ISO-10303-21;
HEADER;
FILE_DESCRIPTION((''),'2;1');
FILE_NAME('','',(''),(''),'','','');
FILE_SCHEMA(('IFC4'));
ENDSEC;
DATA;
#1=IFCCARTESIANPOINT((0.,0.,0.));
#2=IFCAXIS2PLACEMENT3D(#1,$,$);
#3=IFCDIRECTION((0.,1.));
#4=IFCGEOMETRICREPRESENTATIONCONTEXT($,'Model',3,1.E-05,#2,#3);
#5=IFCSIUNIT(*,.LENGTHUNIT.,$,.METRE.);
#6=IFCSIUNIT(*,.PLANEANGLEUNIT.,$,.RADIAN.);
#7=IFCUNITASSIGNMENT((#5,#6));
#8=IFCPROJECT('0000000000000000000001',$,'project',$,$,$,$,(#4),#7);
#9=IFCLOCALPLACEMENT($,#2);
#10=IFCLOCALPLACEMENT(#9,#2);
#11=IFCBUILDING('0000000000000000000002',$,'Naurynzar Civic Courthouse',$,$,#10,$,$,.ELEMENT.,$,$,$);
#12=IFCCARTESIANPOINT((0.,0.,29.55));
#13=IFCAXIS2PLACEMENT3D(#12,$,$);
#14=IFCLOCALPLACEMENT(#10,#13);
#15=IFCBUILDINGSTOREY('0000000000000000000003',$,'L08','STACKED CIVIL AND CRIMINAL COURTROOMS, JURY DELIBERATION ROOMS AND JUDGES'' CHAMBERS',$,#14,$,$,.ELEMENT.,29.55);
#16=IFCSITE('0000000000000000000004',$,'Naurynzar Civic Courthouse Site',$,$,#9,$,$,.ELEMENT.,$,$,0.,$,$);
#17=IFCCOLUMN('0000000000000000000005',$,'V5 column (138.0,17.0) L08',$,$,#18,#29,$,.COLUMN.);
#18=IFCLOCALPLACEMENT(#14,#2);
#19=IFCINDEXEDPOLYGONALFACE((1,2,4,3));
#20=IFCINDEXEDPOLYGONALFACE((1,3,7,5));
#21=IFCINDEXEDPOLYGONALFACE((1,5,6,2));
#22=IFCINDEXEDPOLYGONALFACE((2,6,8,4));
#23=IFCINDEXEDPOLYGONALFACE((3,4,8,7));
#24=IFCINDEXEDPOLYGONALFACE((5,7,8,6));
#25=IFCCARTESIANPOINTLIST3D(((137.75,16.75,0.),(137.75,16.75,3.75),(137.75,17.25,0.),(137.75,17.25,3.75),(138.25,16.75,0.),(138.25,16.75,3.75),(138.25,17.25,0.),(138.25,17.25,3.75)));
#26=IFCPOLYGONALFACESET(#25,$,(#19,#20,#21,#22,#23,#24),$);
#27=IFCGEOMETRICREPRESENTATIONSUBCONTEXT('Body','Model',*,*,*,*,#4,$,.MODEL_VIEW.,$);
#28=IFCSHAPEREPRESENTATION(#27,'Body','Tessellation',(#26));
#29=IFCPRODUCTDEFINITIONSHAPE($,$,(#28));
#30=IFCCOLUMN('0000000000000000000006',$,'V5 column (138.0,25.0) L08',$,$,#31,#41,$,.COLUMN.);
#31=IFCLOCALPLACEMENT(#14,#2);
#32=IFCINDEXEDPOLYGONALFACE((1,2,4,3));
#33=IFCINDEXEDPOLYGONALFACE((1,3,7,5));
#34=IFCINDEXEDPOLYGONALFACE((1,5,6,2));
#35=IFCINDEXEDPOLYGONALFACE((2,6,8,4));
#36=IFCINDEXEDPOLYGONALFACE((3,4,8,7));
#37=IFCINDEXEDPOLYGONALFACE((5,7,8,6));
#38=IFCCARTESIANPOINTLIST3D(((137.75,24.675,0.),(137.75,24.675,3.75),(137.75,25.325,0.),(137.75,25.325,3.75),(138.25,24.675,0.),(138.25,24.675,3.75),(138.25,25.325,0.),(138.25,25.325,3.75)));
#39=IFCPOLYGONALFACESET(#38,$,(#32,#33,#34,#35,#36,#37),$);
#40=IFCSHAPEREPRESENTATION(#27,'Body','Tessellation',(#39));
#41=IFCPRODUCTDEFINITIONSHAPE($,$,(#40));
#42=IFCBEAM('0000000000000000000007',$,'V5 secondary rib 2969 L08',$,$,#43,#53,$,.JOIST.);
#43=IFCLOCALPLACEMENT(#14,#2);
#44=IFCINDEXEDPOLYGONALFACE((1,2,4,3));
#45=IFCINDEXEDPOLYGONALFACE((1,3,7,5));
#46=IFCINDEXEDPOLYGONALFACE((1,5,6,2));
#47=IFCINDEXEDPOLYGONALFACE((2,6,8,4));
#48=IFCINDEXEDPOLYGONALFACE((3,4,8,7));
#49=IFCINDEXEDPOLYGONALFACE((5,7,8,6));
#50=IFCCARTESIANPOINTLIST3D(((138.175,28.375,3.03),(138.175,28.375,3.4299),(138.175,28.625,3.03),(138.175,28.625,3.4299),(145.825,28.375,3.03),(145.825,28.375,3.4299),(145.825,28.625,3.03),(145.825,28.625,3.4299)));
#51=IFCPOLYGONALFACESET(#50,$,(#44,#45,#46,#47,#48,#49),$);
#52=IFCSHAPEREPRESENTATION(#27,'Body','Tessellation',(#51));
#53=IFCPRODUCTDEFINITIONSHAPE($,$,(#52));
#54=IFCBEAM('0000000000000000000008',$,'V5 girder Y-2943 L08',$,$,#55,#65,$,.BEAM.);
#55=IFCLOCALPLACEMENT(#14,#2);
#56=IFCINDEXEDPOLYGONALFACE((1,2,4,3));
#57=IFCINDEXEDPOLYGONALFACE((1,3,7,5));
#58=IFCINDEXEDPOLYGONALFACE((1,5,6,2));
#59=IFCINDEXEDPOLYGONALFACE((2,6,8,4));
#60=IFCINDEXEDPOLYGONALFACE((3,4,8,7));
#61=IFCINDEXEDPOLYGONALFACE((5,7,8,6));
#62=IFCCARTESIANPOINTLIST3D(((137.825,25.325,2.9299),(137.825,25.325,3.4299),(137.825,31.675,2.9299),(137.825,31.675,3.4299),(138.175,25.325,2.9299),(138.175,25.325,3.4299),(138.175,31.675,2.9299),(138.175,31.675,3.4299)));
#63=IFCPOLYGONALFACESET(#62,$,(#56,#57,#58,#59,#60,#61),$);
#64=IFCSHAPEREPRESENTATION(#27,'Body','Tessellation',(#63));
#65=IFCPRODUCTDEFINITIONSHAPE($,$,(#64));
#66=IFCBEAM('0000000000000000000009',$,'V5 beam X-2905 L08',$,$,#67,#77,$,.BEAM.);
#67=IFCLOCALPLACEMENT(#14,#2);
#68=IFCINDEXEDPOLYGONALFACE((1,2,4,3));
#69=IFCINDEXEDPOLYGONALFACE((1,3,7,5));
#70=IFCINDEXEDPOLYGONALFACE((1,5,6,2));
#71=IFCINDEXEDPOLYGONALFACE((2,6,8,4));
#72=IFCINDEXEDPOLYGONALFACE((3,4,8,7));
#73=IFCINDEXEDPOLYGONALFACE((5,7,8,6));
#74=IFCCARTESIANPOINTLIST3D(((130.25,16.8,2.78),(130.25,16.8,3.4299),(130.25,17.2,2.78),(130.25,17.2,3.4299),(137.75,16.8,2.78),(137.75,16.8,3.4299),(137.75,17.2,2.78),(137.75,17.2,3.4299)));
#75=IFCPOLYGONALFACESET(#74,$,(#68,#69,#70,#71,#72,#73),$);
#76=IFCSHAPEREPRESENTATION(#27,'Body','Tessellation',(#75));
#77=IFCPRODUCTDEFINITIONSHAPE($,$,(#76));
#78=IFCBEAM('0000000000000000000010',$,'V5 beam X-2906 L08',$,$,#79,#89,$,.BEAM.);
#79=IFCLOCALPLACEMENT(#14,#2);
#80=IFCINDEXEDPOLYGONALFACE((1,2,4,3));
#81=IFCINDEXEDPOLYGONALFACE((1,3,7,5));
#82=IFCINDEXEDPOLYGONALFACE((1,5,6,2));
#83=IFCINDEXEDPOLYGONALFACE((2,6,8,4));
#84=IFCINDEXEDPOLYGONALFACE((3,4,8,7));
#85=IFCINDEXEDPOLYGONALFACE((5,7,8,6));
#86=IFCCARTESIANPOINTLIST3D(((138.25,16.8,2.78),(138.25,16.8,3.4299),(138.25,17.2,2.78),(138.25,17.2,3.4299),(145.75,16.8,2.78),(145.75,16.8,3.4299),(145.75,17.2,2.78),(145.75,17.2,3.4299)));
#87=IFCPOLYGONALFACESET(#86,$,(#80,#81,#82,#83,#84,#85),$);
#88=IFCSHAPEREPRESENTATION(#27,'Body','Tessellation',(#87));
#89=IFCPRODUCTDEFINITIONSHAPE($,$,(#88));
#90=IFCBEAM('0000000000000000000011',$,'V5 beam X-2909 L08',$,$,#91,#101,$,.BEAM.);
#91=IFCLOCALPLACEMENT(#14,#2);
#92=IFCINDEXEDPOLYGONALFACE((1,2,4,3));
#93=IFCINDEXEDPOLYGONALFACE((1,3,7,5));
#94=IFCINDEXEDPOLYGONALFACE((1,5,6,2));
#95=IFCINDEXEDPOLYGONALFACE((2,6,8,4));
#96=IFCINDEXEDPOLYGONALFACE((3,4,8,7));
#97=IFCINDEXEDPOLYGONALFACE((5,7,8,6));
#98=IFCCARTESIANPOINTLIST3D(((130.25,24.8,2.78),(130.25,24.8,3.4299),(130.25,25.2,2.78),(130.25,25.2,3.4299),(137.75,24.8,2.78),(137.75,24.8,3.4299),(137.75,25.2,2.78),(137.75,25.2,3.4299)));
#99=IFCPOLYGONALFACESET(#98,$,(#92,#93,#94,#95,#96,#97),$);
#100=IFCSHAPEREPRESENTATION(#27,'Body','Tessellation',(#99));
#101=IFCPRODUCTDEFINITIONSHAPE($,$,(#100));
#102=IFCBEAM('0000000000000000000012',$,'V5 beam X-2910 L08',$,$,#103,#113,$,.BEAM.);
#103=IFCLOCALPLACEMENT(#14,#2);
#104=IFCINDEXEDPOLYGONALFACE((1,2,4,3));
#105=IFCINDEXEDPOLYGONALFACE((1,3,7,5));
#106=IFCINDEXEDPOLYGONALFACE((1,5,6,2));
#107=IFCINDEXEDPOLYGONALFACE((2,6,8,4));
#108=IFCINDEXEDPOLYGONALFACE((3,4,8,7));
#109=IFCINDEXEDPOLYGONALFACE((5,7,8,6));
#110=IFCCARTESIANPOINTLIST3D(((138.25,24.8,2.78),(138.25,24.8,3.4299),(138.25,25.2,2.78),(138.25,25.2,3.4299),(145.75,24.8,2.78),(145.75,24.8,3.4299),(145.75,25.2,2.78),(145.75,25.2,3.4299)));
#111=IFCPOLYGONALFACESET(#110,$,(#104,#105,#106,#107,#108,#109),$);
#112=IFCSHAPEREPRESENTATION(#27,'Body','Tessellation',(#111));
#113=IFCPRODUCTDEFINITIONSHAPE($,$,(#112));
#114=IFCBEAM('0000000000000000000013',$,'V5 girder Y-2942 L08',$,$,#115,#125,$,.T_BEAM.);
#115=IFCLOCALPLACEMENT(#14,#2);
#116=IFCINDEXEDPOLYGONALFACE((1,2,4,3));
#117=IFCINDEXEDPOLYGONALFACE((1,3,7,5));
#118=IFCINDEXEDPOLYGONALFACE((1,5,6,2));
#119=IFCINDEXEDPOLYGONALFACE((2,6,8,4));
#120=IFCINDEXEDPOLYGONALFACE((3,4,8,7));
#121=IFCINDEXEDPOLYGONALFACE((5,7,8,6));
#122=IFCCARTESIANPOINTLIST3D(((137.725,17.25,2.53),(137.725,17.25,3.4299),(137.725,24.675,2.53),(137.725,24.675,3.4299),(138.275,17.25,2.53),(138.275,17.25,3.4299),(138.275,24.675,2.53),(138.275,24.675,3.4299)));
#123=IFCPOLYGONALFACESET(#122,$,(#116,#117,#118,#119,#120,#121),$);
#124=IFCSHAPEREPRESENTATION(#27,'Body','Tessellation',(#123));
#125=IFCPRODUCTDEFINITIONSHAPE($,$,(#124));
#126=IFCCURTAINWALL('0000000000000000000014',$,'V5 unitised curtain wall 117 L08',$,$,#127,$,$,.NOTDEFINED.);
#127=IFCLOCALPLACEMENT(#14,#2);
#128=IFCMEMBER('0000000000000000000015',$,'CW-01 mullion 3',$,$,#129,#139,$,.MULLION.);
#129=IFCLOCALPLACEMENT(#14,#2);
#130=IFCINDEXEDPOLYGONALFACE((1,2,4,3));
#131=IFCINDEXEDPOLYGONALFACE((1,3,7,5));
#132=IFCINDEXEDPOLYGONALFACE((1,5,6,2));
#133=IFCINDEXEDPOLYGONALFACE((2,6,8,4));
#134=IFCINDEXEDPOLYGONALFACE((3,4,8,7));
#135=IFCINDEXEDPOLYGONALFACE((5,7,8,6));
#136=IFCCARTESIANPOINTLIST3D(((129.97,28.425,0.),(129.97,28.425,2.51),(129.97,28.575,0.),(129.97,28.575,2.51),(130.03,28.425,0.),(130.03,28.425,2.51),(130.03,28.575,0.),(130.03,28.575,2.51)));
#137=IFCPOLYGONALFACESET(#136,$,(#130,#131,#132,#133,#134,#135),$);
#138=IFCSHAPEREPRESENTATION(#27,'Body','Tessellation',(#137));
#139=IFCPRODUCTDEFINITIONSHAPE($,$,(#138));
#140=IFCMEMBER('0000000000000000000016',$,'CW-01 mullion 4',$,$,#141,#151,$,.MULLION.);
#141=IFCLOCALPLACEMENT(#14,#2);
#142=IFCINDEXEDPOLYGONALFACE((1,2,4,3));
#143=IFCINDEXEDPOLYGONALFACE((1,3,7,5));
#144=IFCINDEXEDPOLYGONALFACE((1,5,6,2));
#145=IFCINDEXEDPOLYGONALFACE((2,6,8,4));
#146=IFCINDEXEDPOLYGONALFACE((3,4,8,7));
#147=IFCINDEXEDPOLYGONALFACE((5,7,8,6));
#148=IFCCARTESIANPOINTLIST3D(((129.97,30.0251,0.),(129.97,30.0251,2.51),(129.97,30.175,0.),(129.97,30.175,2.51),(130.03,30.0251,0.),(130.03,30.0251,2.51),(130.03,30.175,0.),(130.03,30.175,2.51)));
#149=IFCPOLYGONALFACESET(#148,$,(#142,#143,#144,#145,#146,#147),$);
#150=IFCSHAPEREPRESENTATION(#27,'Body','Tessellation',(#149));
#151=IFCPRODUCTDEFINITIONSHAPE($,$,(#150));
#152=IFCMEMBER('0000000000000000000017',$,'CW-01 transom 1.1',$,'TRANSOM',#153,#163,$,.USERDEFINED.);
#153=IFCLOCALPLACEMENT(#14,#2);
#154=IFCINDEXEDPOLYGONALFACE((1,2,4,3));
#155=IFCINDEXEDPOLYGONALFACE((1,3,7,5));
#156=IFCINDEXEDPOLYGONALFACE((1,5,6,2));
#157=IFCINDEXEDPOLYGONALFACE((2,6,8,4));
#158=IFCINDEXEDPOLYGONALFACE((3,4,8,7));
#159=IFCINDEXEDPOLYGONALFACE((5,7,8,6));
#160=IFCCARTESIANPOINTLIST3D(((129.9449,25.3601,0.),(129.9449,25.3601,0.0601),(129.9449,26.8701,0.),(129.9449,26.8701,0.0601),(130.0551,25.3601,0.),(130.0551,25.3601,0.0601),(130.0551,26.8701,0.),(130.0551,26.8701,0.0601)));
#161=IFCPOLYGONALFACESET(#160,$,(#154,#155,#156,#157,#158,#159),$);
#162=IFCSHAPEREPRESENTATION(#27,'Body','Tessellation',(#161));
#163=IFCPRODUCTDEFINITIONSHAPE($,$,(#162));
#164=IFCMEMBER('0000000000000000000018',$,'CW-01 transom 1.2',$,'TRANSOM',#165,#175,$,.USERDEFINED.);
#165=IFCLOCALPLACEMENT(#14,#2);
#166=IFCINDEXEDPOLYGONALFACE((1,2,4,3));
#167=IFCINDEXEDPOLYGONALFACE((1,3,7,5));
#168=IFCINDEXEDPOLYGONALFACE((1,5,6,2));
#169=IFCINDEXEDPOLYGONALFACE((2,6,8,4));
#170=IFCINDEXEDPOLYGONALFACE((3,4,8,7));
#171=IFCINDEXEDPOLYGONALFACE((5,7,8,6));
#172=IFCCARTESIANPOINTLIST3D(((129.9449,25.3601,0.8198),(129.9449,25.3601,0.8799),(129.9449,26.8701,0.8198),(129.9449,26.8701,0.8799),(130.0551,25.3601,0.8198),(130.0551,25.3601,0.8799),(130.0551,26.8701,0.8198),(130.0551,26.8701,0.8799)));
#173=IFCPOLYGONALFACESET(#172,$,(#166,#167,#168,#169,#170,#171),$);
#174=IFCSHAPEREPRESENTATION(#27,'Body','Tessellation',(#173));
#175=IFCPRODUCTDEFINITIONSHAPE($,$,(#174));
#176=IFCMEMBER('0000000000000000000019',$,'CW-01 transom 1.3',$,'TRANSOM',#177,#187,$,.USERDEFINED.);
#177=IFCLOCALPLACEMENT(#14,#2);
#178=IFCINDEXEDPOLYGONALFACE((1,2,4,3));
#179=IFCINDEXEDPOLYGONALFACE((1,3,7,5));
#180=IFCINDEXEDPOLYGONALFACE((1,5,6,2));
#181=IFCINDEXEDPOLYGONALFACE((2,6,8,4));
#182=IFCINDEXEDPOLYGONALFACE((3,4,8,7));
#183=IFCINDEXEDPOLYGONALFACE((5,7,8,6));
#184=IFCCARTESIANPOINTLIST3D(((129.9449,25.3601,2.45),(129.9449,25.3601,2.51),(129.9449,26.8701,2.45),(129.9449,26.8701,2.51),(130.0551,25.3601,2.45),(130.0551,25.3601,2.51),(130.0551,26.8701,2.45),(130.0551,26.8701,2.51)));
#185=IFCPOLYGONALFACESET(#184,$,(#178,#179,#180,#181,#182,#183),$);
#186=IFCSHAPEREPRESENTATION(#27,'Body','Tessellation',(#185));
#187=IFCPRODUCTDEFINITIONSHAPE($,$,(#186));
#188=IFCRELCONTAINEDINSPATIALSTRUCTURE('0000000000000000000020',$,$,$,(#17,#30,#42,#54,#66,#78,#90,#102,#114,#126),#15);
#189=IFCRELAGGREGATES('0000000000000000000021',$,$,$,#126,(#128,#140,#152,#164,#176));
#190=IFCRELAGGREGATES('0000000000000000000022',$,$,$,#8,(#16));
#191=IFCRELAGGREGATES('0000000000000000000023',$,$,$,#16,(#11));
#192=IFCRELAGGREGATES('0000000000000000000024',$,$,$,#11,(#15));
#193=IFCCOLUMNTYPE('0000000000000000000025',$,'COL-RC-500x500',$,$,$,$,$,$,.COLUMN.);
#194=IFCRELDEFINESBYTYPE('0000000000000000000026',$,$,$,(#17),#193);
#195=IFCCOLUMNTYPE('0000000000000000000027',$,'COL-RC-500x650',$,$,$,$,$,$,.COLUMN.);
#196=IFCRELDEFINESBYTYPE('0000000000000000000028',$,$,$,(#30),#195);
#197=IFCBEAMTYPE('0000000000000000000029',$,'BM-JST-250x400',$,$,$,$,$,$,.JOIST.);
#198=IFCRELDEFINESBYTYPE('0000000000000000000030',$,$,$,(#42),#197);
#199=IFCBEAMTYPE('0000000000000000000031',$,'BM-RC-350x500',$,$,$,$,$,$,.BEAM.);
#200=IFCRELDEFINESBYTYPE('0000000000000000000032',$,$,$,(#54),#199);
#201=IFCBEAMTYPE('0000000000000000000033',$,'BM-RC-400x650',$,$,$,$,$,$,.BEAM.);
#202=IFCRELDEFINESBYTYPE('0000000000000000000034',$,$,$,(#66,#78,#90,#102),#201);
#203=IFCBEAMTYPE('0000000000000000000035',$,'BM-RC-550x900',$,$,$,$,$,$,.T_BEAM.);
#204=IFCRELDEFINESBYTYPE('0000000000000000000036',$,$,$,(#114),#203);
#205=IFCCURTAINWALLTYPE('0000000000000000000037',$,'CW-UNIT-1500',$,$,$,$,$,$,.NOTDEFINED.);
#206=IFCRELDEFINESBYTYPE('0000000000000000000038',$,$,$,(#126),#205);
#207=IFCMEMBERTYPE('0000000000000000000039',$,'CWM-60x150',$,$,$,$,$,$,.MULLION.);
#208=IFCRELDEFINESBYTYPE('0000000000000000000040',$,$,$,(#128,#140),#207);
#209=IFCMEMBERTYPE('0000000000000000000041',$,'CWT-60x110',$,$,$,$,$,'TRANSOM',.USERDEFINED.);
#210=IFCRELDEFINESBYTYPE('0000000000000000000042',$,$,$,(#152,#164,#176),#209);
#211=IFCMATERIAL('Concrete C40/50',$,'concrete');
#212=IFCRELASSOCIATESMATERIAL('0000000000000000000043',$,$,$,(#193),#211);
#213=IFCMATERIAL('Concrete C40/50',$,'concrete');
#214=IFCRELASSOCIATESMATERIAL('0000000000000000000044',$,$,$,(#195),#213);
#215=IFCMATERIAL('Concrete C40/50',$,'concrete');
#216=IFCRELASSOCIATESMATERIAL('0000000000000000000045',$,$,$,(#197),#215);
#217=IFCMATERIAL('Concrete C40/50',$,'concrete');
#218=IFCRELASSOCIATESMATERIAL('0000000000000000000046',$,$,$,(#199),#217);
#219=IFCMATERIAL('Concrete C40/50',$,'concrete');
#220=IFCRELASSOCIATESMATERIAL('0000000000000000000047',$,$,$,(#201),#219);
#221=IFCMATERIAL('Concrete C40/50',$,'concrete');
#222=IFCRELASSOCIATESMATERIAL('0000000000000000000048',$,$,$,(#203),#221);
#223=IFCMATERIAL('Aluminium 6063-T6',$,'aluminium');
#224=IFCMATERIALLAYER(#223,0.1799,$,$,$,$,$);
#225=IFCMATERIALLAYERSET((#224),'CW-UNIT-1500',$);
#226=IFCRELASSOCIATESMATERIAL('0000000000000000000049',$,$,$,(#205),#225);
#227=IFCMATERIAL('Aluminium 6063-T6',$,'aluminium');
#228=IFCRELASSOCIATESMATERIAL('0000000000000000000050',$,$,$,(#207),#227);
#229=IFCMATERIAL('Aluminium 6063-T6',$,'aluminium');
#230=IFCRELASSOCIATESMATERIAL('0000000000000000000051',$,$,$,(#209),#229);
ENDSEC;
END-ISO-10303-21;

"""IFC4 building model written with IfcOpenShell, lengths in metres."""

from ifc_helpers import new_model, si_unit, direction, frame, origin, origin_2d, place, context, subcontext, project, spatial, rectangle, extrude, material, layer, layer_set, material_profile, profile_set, type_object, element, aggregate, save


model = new_model("IFC4")

# Units and contexts
model_context = context("Model", 3, precision=1e-05, world=origin(), true_north=direction((0.0, 1.0)))
body_context = subcontext(model_context, "Body", "Model", "MODEL_VIEW")
ifc_project = project(units=[si_unit("LENGTHUNIT", "METRE"), si_unit("PLANEANGLEUNIT", "RADIAN")], contexts=[model_context])

# Site, building, storey
site_placement = place(None, origin())
site = spatial("IfcSite", under=ifc_project, at=site_placement, Name="Naurynzar Civic Courthouse Site", CompositionType="ELEMENT", RefElevation=0.0)
building_placement = place(site_placement, origin())
building = spatial("IfcBuilding", under=site, at=building_placement, Name="Naurynzar Civic Courthouse", CompositionType="ELEMENT")
storey_placement = place(building_placement, frame((0.0, 0.0, 29.55)))
storey = spatial("IfcBuildingStorey", under=building, at=storey_placement, Name="L08", Description="STACKED CIVIL AND CRIMINAL COURTROOMS, JURY DELIBERATION ROOMS AND JUDGES' CHAMBERS", CompositionType="ELEMENT", Elevation=29.55)

# Columns
ifc_material_1 = material(Name="Concrete C40/50", Category="concrete")
ifc_material_profile_1 = material_profile(ifc_material_1, rectangle(XDim=0.5, YDim=0.5, at=origin_2d()), Name="RC 500x500")
ifc_profile_set_1 = profile_set([ifc_material_profile_1], Name="Concrete C40/50")
column_type_1 = type_object("IfcColumnType", Name="COL-RC-500x500", PredefinedType="COLUMN", material=ifc_profile_set_1)
column_1_placement = place(storey_placement, frame((138.0, 17.0, 0.0), z_axis=(0.0, 0.0, 1.0), x_axis=(1.0, 0.0, 0.0)))
element("IfcColumn", 1, at=column_1_placement, inside=storey, type_object=column_type_1, Name="V5 column (138.0,17.0) L08", PredefinedType="COLUMN", context=body_context, shape_type="SweptSolid", body=[
    extrude(rectangle(XDim=0.5, YDim=0.5, at=origin_2d()), origin(), (0.0, 0.0, 1.0), 3.75),
])
ifc_material_2 = material(Name="Concrete C40/50", Category="concrete")
ifc_material_profile_2 = material_profile(ifc_material_2, rectangle(XDim=0.5, YDim=0.6499, at=origin_2d()), Name="RC 500x650")
ifc_profile_set_2 = profile_set([ifc_material_profile_2], Name="Concrete C40/50")
column_type_2 = type_object("IfcColumnType", Name="COL-RC-500x650", PredefinedType="COLUMN", material=ifc_profile_set_2)
column_2_placement = place(storey_placement, frame((138.0, 25.0, 0.0), z_axis=(0.0, 0.0, 1.0), x_axis=(1.0, 0.0, 0.0)))
element("IfcColumn", 2, at=column_2_placement, inside=storey, type_object=column_type_2, Name="V5 column (138.0,25.0) L08", PredefinedType="COLUMN", context=body_context, shape_type="SweptSolid", body=[
    extrude(rectangle(XDim=0.5, YDim=0.6499, at=origin_2d()), origin(), (0.0, 0.0, 1.0), 3.75),
])

# Beams
ifc_material_3 = material(Name="Concrete C40/50", Category="concrete")
ifc_material_profile_3 = material_profile(ifc_material_3, rectangle(XDim=0.25, YDim=0.3999, at=origin_2d()), Name="RCB 250x400")
ifc_profile_set_3 = profile_set([ifc_material_profile_3], Name="Concrete C40/50")
beam_type_1 = type_object("IfcBeamType", Name="BM-JST-250x400", PredefinedType="JOIST", material=ifc_profile_set_3)
beam_1_placement = place(storey_placement, frame((138.175, 28.5, 3.23), z_axis=(1.0, 0.0, 0.0), x_axis=(0.0, 1.0, 0.0)))
element("IfcBeam", 3, at=beam_1_placement, inside=storey, type_object=beam_type_1, Name="V5 secondary rib 2969 L08", PredefinedType="JOIST", context=body_context, shape_type="SweptSolid", body=[
    extrude(rectangle(XDim=0.25, YDim=0.3999, at=origin_2d()), origin(), (0.0, 0.0, 1.0), 7.6499),
])
ifc_material_4 = material(Name="Concrete C40/50", Category="concrete")
ifc_material_profile_4 = material_profile(ifc_material_4, rectangle(XDim=0.3501, YDim=0.5, at=origin_2d()), Name="RCB 350x500")
ifc_profile_set_4 = profile_set([ifc_material_profile_4], Name="Concrete C40/50")
beam_type_2 = type_object("IfcBeamType", Name="BM-RC-350x500", PredefinedType="BEAM", material=ifc_profile_set_4)
beam_2_placement = place(storey_placement, frame((138.0, 25.325, 3.1799), z_axis=(0.0, 1.0, 0.0), x_axis=(-1.0, 0.0, 0.0)))
element("IfcBeam", 4, at=beam_2_placement, inside=storey, type_object=beam_type_2, Name="V5 girder Y-2943 L08", PredefinedType="BEAM", context=body_context, shape_type="SweptSolid", body=[
    extrude(rectangle(XDim=0.3501, YDim=0.5, at=origin_2d()), origin(), (0.0, 0.0, 1.0), 6.3501),
])
ifc_material_5 = material(Name="Concrete C40/50", Category="concrete")
ifc_material_profile_5 = material_profile(ifc_material_5, rectangle(XDim=0.3999, YDim=0.6499, at=origin_2d()), Name="RCB 400x650")
ifc_profile_set_5 = profile_set([ifc_material_profile_5], Name="Concrete C40/50")
beam_type_3 = type_object("IfcBeamType", Name="BM-RC-400x650", PredefinedType="BEAM", material=ifc_profile_set_5)
for number, where, z_axis, x_axis, name in (
    (5, (130.25, 17.0, 3.105), (1.0, 0.0, 0.0), (0.0, 1.0, 0.0), "V5 beam X-2905 L08"),
    (6, (138.25, 17.0, 3.105), (1.0, 0.0, 0.0), (0.0, 1.0, 0.0), "V5 beam X-2906 L08"),
    (7, (130.25, 25.0, 3.105), (1.0, 0.0, 0.0), (0.0, 1.0, 0.0), "V5 beam X-2909 L08"),
    (8, (138.25, 25.0, 3.105), (1.0, 0.0, 0.0), (0.0, 1.0, 0.0), "V5 beam X-2910 L08"),
):
    element("IfcBeam", number, at=place(storey_placement, frame(where, z_axis=z_axis, x_axis=x_axis)), inside=storey, type_object=beam_type_3, Name=name, PredefinedType="BEAM", context=body_context, shape_type="SweptSolid", body=[
        extrude(rectangle(XDim=0.3999, YDim=0.6499, at=origin_2d()), origin(), (0.0, 0.0, 1.0), 7.5),
    ])
ifc_material_6 = material(Name="Concrete C40/50", Category="concrete")
ifc_material_profile_6 = material_profile(ifc_material_6, rectangle(XDim=0.55, YDim=0.8999, at=origin_2d()), Name="RCB 550x900")
ifc_profile_set_6 = profile_set([ifc_material_profile_6], Name="Concrete C40/50")
beam_type_4 = type_object("IfcBeamType", Name="BM-RC-550x900", PredefinedType="T_BEAM", material=ifc_profile_set_6)
beam_3_placement = place(storey_placement, frame((138.0, 17.25, 2.98), z_axis=(0.0, 1.0, 0.0), x_axis=(-1.0, 0.0, 0.0)))
element("IfcBeam", 9, at=beam_3_placement, inside=storey, type_object=beam_type_4, Name="V5 girder Y-2942 L08", PredefinedType="T_BEAM", context=body_context, shape_type="SweptSolid", body=[
    extrude(rectangle(XDim=0.55, YDim=0.8999, at=origin_2d()), origin(), (0.0, 0.0, 1.0), 7.425),
])

# Curtain wall, members
ifc_material_7 = material(Name="Aluminium 6063-T6", Category="aluminium")
ifc_layer_1 = layer(ifc_material_7, 0.1799)
ifc_layer_set_1 = layer_set([ifc_layer_1], Name="CW-UNIT-1500")
curtain_wall_type = type_object("IfcCurtainWallType", Name="CW-UNIT-1500", PredefinedType="NOTDEFINED", material=ifc_layer_set_1)
curtain_wall_placement = place(storey_placement, origin())
curtain_wall = element("IfcCurtainWall", 10, at=curtain_wall_placement, inside=storey, type_object=curtain_wall_type, Name="V5 unitised curtain wall 117 L08", PredefinedType="NOTDEFINED")
ifc_material_8 = material(Name="Aluminium 6063-T6", Category="aluminium")
ifc_material_profile_7 = material_profile(ifc_material_8, rectangle(XDim=0.0601, YDim=0.1499, at=origin_2d()), Name="ALU MULLION 60x150")
ifc_profile_set_7 = profile_set([ifc_material_profile_7], Name="Aluminium 6063-T6")
member_type_1 = type_object("IfcMemberType", Name="CWM-60x150", PredefinedType="MULLION", material=ifc_profile_set_7)
member_1_placement = place(storey_placement, frame((130.0, 28.5, 0.0), z_axis=(0.0, 0.0, 1.0), x_axis=(-1.0, 0.0, 0.0)))
member_1 = element("IfcMember", 11, at=member_1_placement, type_object=member_type_1, Name="CW-01 mullion 3", PredefinedType="MULLION", context=body_context, shape_type="SweptSolid", body=[
    extrude(rectangle(XDim=0.0601, YDim=0.1499, at=origin_2d()), origin(), (0.0, 0.0, 1.0), 2.51),
])
member_2_placement = place(storey_placement, frame((130.0, 30.1001, 0.0), z_axis=(0.0, 0.0, 1.0), x_axis=(-1.0, 0.0, 0.0)))
member_2 = element("IfcMember", 12, at=member_2_placement, type_object=member_type_1, Name="CW-01 mullion 4", PredefinedType="MULLION", context=body_context, shape_type="SweptSolid", body=[
    extrude(rectangle(XDim=0.0601, YDim=0.1499, at=origin_2d()), origin(), (0.0, 0.0, 1.0), 2.51),
])
ifc_material_9 = material(Name="Aluminium 6063-T6", Category="aluminium")
ifc_material_profile_8 = material_profile(ifc_material_9, rectangle(XDim=0.1101, YDim=0.0601, at=origin_2d()), Name="ALU TRANSOM 60x110")
ifc_profile_set_8 = profile_set([ifc_material_profile_8], Name="Aluminium 6063-T6")
member_type_2 = type_object("IfcMemberType", Name="CWT-60x110", ElementType="TRANSOM", PredefinedType="USERDEFINED", material=ifc_profile_set_8)
member_3_placement = place(storey_placement, frame((130.0, 25.3601, 0.03), z_axis=(0.0, 1.0, 0.0), x_axis=(-1.0, 0.0, 0.0)))
member_3 = element("IfcMember", 13, at=member_3_placement, type_object=member_type_2, Name="CW-01 transom 1.1", ObjectType="TRANSOM", PredefinedType="USERDEFINED", context=body_context, shape_type="SweptSolid", body=[
    extrude(rectangle(XDim=0.1101, YDim=0.0601, at=origin_2d()), origin(), (0.0, 0.0, 1.0), 1.51),
])
member_4_placement = place(storey_placement, frame((130.0, 25.3601, 0.8499), z_axis=(0.0, 1.0, 0.0), x_axis=(-1.0, 0.0, 0.0)))
member_4 = element("IfcMember", 14, at=member_4_placement, type_object=member_type_2, Name="CW-01 transom 1.2", ObjectType="TRANSOM", PredefinedType="USERDEFINED", context=body_context, shape_type="SweptSolid", body=[
    extrude(rectangle(XDim=0.1101, YDim=0.0601, at=origin_2d()), origin(), (0.0, 0.0, 1.0), 1.51),
])
member_5_placement = place(storey_placement, frame((130.0, 25.3601, 2.48), z_axis=(0.0, 1.0, 0.0), x_axis=(-1.0, 0.0, 0.0)))
member_5 = element("IfcMember", 15, at=member_5_placement, type_object=member_type_2, Name="CW-01 transom 1.3", ObjectType="TRANSOM", PredefinedType="USERDEFINED", context=body_context, shape_type="SweptSolid", body=[
    extrude(rectangle(XDim=0.1101, YDim=0.0601, at=origin_2d()), origin(), (0.0, 0.0, 1.0), 1.51),
])
aggregate(curtain_wall, [member_1, member_2, member_3, member_4, member_5])

save(model, "model.ifc")
